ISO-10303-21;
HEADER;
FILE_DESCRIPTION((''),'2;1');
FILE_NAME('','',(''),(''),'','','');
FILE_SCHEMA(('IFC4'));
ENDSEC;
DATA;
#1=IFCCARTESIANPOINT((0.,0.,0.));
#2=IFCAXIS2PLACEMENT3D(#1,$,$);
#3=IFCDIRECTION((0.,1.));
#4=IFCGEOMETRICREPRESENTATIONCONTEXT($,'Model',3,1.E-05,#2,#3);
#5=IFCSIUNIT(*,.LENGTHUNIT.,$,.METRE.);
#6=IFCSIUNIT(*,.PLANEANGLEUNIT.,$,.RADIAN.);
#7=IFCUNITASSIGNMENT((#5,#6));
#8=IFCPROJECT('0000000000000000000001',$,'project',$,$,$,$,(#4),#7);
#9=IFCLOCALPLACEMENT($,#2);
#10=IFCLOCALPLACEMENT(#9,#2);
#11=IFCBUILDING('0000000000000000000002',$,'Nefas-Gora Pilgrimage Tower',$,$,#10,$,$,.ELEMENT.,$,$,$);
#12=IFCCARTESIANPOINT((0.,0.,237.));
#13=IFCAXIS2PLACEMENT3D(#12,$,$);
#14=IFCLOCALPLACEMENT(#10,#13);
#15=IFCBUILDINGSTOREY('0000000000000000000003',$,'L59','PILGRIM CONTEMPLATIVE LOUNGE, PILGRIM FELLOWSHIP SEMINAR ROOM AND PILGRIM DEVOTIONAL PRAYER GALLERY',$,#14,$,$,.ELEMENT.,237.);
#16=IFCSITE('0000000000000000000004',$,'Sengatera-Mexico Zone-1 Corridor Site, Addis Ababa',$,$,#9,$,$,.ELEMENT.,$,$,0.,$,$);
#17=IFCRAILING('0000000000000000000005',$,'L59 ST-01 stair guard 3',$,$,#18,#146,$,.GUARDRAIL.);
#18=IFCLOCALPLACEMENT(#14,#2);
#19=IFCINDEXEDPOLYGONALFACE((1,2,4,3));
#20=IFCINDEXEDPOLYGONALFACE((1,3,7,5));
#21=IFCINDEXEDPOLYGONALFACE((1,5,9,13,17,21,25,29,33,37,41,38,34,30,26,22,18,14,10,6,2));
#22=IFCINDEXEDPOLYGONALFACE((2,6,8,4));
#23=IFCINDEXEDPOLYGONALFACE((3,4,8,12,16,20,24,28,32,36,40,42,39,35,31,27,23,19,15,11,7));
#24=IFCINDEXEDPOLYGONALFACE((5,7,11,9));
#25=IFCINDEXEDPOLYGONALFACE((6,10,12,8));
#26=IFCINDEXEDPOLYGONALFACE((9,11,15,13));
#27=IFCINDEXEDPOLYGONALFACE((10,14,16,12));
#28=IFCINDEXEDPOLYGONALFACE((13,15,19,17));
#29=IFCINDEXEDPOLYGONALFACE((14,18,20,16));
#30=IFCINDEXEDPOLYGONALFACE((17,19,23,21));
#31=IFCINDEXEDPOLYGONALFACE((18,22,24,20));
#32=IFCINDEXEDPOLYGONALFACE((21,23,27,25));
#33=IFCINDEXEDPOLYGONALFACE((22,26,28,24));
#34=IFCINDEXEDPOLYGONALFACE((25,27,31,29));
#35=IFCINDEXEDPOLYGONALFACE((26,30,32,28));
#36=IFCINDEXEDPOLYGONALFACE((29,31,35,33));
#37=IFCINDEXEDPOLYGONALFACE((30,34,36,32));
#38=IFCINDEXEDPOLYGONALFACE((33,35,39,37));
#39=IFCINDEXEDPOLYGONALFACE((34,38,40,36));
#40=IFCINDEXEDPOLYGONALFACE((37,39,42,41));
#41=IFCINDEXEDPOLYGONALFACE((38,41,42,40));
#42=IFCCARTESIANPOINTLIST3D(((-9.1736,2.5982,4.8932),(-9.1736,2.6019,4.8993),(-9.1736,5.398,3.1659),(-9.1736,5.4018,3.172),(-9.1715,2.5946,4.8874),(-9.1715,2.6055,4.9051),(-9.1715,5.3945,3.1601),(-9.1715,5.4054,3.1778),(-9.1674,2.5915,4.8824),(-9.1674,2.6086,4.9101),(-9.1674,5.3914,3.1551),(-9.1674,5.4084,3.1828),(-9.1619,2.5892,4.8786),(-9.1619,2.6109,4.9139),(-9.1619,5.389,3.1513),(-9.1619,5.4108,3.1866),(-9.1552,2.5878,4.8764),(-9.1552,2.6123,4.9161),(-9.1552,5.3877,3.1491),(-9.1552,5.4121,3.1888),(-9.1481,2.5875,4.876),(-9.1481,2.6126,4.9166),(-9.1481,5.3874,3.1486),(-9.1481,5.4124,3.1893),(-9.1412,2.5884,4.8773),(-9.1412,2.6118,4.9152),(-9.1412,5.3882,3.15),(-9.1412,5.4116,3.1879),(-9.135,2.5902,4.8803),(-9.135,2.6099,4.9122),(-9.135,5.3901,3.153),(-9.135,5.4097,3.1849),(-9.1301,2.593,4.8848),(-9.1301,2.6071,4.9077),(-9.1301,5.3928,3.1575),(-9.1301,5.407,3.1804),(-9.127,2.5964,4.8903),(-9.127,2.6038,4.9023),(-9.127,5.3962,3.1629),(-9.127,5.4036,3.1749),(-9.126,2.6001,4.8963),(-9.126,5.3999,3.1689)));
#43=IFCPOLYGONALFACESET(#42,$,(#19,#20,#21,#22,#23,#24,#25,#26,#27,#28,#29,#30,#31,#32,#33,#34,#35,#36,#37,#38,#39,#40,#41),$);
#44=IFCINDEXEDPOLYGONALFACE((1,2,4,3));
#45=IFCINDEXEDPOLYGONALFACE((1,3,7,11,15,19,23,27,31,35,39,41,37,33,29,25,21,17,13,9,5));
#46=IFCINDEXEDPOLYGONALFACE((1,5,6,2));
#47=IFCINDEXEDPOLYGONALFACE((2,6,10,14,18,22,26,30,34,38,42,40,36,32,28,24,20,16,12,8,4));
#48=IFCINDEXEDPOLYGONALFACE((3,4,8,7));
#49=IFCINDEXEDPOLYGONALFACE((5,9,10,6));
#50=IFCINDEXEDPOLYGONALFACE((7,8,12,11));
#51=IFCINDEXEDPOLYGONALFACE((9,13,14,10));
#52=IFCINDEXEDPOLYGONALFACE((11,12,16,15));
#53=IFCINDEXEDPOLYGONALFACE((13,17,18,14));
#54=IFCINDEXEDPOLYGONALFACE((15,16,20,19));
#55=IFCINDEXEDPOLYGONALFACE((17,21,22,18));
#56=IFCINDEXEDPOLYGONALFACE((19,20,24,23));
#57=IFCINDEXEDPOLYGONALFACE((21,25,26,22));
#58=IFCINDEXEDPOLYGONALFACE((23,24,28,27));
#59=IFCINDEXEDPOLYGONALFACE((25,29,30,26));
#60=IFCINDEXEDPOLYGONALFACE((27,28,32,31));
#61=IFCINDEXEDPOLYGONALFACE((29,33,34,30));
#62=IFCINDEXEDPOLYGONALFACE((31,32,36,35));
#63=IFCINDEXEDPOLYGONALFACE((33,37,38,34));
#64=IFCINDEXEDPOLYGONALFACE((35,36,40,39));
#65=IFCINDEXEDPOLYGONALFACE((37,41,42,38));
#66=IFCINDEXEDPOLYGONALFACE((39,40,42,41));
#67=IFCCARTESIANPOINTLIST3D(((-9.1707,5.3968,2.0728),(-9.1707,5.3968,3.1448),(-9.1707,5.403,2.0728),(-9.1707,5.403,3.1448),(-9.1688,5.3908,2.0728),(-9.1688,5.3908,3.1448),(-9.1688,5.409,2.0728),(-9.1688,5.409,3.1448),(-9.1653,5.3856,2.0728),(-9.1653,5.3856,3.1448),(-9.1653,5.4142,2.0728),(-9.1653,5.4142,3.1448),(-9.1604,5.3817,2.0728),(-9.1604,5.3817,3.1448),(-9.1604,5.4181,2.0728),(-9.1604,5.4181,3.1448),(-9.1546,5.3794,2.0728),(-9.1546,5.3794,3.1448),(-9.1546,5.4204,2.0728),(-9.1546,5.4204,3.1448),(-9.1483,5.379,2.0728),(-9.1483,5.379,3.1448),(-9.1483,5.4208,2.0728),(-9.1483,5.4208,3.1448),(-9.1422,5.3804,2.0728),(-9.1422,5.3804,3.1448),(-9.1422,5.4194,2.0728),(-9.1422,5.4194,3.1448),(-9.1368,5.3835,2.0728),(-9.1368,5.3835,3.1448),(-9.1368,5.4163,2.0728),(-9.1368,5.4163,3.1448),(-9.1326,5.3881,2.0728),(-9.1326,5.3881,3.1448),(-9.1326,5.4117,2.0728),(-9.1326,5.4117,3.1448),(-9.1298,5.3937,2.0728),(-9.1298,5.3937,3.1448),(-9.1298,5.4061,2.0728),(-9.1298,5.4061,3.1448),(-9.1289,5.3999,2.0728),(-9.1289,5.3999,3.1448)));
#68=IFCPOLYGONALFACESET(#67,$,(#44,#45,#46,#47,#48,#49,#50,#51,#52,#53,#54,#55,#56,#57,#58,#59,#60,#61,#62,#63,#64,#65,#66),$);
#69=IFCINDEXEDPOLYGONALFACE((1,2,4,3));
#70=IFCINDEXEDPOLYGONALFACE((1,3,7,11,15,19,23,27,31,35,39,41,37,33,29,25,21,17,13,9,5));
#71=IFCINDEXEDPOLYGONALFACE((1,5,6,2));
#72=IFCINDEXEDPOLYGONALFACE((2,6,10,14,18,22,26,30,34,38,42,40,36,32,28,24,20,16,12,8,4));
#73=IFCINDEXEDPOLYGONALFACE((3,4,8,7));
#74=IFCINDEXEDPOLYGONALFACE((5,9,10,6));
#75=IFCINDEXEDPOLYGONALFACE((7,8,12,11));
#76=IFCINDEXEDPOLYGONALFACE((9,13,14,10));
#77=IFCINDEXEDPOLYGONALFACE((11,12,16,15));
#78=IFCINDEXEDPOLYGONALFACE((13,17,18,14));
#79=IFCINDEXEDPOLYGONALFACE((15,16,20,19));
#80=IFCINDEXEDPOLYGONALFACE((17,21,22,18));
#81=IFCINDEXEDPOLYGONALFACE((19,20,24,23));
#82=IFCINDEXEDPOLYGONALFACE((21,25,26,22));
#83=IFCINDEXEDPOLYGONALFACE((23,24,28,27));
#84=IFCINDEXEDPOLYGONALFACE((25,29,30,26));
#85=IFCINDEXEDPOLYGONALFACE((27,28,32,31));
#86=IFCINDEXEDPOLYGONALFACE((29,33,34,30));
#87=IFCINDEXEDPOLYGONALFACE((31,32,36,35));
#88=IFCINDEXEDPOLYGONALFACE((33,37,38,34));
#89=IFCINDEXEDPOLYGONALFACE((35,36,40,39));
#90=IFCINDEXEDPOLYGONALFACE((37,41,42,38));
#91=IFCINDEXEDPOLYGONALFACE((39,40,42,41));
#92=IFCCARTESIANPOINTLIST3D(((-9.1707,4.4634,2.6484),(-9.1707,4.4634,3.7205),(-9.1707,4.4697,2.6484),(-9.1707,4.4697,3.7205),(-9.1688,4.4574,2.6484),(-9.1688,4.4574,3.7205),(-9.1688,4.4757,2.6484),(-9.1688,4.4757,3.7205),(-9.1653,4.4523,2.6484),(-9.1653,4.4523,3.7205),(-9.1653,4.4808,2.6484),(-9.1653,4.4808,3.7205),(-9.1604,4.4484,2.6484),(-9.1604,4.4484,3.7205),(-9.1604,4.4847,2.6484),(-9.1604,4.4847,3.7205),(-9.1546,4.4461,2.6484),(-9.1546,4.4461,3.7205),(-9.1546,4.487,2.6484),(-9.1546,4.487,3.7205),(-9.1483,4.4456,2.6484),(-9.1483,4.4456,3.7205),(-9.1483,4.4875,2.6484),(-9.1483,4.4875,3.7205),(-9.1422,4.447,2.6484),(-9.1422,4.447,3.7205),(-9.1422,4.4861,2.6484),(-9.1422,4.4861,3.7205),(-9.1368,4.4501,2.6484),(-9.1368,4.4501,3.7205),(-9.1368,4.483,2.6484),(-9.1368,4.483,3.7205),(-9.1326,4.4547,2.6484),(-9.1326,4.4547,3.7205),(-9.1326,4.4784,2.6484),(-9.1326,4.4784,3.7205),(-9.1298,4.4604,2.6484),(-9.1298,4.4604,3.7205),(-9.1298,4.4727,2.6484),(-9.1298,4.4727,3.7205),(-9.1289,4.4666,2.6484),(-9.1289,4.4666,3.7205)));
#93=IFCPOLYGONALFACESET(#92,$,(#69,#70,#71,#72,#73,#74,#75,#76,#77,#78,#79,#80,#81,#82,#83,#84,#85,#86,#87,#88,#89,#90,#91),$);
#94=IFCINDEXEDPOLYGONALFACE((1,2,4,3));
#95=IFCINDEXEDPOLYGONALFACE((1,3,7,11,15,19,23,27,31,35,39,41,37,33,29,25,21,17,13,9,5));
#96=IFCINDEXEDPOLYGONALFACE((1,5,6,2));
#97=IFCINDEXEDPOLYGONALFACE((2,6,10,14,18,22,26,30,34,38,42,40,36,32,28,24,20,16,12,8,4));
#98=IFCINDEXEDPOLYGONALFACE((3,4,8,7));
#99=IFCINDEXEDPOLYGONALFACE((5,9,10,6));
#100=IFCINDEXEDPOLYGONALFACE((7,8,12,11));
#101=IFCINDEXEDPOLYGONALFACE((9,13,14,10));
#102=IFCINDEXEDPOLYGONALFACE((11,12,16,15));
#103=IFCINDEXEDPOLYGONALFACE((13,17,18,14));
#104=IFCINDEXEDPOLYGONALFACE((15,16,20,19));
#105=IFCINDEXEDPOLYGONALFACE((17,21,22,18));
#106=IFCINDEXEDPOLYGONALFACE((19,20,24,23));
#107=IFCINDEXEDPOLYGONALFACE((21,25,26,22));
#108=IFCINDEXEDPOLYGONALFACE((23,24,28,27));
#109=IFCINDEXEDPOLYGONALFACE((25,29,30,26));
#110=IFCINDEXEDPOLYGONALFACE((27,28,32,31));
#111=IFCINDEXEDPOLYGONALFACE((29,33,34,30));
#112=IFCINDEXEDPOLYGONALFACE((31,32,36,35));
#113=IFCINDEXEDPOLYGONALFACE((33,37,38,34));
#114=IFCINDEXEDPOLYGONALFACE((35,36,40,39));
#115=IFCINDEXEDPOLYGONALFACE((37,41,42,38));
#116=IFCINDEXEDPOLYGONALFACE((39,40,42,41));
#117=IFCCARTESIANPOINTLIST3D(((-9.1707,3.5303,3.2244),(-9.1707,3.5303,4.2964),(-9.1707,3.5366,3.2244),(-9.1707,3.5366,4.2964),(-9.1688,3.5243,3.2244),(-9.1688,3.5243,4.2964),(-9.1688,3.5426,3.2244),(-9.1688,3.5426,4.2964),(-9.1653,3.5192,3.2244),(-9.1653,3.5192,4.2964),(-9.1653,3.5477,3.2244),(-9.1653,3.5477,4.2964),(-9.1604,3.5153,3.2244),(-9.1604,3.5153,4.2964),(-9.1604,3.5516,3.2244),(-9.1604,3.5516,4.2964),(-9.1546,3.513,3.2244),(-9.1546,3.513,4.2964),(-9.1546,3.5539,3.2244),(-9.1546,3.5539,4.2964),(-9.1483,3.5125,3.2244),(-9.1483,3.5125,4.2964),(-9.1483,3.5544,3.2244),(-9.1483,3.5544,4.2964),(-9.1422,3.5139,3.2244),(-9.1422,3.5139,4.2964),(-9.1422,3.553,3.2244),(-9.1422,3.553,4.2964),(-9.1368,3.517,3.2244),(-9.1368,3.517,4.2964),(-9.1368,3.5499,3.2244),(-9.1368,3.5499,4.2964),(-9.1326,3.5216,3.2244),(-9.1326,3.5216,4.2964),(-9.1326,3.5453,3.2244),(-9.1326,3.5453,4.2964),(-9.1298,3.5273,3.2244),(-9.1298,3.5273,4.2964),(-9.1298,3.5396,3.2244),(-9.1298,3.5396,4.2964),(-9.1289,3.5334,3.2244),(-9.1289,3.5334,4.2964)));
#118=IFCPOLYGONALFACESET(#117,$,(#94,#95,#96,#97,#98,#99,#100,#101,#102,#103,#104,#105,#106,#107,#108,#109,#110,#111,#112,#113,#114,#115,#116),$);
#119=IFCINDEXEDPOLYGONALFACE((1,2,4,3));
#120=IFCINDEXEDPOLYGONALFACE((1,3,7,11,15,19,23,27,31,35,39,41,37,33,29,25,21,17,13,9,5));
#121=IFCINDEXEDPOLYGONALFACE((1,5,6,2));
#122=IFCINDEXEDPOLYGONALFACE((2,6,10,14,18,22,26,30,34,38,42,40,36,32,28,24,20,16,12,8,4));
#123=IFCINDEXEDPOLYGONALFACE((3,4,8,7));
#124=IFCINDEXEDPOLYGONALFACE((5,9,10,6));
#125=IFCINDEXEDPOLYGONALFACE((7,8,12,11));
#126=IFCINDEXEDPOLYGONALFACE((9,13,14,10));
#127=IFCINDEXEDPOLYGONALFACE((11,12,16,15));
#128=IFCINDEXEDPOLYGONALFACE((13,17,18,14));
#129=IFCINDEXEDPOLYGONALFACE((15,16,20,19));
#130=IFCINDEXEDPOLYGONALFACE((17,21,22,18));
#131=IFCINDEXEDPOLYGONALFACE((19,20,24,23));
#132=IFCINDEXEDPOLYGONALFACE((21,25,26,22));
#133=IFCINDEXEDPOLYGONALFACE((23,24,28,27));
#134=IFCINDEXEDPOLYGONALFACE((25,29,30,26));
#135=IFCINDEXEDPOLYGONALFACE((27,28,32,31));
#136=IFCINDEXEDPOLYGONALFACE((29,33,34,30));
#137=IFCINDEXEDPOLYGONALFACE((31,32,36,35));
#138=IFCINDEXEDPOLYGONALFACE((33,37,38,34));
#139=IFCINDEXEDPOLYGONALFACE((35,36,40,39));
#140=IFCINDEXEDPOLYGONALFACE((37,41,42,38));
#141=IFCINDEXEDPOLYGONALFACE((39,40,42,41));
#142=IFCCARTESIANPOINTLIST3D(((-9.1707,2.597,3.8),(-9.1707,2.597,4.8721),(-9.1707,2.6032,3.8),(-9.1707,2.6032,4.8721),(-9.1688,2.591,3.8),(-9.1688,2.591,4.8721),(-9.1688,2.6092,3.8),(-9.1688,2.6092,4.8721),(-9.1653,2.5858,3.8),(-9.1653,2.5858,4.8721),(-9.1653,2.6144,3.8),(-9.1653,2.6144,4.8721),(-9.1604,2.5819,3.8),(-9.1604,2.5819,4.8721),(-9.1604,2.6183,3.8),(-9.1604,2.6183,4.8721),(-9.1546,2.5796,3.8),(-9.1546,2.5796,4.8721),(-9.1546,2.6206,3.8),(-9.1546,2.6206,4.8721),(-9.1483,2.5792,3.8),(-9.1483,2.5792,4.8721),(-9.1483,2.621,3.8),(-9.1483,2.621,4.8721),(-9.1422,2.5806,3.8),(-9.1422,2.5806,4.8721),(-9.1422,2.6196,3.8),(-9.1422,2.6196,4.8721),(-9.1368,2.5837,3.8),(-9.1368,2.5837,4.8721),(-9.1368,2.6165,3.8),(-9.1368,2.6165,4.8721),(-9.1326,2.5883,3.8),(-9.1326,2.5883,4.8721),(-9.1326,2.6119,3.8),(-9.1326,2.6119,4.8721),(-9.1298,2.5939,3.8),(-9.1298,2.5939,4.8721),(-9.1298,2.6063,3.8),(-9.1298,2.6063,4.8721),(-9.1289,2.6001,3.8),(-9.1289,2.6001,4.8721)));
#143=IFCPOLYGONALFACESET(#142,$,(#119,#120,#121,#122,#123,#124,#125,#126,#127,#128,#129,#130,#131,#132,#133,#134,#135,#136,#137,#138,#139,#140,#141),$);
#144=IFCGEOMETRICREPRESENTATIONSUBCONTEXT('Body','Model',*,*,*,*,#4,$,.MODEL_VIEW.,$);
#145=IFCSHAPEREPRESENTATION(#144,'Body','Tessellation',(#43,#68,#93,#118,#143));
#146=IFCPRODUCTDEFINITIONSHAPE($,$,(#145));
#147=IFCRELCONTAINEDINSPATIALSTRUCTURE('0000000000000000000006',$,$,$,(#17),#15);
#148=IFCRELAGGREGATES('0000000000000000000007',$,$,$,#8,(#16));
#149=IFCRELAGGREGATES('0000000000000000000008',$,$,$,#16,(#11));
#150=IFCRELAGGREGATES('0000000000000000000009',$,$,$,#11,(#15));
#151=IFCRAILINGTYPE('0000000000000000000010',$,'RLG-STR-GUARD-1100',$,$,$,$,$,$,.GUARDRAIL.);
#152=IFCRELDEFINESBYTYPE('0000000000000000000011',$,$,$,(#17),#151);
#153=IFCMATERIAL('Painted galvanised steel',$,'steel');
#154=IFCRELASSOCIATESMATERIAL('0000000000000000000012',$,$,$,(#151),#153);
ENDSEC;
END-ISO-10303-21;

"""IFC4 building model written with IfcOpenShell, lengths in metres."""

from ifc_helpers import new_model, si_unit, direction, frame, origin, origin_2d, place, context, subcontext, project, spatial, circle, extrude, material, type_object, element, save


model = new_model("IFC4")

# Units and contexts
model_context = context("Model", 3, precision=1e-05, world=origin(), true_north=direction((0.0, 1.0)))
body_context = subcontext(model_context, "Body", "Model", "MODEL_VIEW")
ifc_project = project(units=[si_unit("LENGTHUNIT", "METRE"), si_unit("PLANEANGLEUNIT", "RADIAN")], contexts=[model_context])

# Site, building, storey
site_placement = place(None, origin())
site = spatial("IfcSite", under=ifc_project, at=site_placement, Name="Sengatera-Mexico Zone-1 Corridor Site, Addis Ababa", CompositionType="ELEMENT", RefElevation=0.0)
building_placement = place(site_placement, origin())
building = spatial("IfcBuilding", under=site, at=building_placement, Name="Nefas-Gora Pilgrimage Tower", CompositionType="ELEMENT")
storey_placement = place(building_placement, frame((0.0, 0.0, 237.0)))
storey = spatial("IfcBuildingStorey", under=building, at=storey_placement, Name="L59", Description="PILGRIM CONTEMPLATIVE LOUNGE, PILGRIM FELLOWSHIP SEMINAR ROOM AND PILGRIM DEVOTIONAL PRAYER GALLERY", CompositionType="ELEMENT", Elevation=237.0)

# Railing
ifc_material_1 = material(Name="Painted galvanised steel", Category="steel")
railing_type_1 = type_object("IfcRailingType", Name="RLG-STR-GUARD-1100", PredefinedType="GUARDRAIL", material=ifc_material_1)
railing_1_placement = place(storey_placement, frame((-9.1499, 5.3999, 2.0728)))
element("IfcRailing", 1, at=railing_1_placement, inside=storey, type_object=railing_type_1, Name="L59 ST-01 stair guard 3", PredefinedType="GUARDRAIL", context=body_context, shape_type="SweptSolid", body=[
    extrude(circle(Radius=0.0239, at=origin_2d()), frame((0.0, 0.0, 1.0962), z_axis=(0.0, -0.851069, 0.525054), x_axis=(1.0, 0.0, 0.0)), (0.0, 0.0, 1.0), 3.2898),
    extrude(circle(Radius=0.021, at=origin_2d()), origin(), (0.0, 0.0, 1.0), 1.072),
    extrude(circle(Radius=0.021, at=origin_2d()), frame((0.0, -0.9333, 0.5757)), (0.0, 0.0, 1.0), 1.072),
    extrude(circle(Radius=0.021, at=origin_2d()), frame((0.0, -1.8665, 1.1516)), (0.0, 0.0, 1.0), 1.072),
    extrude(circle(Radius=0.021, at=origin_2d()), frame((0.0, -2.7998, 1.7273)), (0.0, 0.0, 1.0), 1.072),
])

save(model, "model.ifc")
